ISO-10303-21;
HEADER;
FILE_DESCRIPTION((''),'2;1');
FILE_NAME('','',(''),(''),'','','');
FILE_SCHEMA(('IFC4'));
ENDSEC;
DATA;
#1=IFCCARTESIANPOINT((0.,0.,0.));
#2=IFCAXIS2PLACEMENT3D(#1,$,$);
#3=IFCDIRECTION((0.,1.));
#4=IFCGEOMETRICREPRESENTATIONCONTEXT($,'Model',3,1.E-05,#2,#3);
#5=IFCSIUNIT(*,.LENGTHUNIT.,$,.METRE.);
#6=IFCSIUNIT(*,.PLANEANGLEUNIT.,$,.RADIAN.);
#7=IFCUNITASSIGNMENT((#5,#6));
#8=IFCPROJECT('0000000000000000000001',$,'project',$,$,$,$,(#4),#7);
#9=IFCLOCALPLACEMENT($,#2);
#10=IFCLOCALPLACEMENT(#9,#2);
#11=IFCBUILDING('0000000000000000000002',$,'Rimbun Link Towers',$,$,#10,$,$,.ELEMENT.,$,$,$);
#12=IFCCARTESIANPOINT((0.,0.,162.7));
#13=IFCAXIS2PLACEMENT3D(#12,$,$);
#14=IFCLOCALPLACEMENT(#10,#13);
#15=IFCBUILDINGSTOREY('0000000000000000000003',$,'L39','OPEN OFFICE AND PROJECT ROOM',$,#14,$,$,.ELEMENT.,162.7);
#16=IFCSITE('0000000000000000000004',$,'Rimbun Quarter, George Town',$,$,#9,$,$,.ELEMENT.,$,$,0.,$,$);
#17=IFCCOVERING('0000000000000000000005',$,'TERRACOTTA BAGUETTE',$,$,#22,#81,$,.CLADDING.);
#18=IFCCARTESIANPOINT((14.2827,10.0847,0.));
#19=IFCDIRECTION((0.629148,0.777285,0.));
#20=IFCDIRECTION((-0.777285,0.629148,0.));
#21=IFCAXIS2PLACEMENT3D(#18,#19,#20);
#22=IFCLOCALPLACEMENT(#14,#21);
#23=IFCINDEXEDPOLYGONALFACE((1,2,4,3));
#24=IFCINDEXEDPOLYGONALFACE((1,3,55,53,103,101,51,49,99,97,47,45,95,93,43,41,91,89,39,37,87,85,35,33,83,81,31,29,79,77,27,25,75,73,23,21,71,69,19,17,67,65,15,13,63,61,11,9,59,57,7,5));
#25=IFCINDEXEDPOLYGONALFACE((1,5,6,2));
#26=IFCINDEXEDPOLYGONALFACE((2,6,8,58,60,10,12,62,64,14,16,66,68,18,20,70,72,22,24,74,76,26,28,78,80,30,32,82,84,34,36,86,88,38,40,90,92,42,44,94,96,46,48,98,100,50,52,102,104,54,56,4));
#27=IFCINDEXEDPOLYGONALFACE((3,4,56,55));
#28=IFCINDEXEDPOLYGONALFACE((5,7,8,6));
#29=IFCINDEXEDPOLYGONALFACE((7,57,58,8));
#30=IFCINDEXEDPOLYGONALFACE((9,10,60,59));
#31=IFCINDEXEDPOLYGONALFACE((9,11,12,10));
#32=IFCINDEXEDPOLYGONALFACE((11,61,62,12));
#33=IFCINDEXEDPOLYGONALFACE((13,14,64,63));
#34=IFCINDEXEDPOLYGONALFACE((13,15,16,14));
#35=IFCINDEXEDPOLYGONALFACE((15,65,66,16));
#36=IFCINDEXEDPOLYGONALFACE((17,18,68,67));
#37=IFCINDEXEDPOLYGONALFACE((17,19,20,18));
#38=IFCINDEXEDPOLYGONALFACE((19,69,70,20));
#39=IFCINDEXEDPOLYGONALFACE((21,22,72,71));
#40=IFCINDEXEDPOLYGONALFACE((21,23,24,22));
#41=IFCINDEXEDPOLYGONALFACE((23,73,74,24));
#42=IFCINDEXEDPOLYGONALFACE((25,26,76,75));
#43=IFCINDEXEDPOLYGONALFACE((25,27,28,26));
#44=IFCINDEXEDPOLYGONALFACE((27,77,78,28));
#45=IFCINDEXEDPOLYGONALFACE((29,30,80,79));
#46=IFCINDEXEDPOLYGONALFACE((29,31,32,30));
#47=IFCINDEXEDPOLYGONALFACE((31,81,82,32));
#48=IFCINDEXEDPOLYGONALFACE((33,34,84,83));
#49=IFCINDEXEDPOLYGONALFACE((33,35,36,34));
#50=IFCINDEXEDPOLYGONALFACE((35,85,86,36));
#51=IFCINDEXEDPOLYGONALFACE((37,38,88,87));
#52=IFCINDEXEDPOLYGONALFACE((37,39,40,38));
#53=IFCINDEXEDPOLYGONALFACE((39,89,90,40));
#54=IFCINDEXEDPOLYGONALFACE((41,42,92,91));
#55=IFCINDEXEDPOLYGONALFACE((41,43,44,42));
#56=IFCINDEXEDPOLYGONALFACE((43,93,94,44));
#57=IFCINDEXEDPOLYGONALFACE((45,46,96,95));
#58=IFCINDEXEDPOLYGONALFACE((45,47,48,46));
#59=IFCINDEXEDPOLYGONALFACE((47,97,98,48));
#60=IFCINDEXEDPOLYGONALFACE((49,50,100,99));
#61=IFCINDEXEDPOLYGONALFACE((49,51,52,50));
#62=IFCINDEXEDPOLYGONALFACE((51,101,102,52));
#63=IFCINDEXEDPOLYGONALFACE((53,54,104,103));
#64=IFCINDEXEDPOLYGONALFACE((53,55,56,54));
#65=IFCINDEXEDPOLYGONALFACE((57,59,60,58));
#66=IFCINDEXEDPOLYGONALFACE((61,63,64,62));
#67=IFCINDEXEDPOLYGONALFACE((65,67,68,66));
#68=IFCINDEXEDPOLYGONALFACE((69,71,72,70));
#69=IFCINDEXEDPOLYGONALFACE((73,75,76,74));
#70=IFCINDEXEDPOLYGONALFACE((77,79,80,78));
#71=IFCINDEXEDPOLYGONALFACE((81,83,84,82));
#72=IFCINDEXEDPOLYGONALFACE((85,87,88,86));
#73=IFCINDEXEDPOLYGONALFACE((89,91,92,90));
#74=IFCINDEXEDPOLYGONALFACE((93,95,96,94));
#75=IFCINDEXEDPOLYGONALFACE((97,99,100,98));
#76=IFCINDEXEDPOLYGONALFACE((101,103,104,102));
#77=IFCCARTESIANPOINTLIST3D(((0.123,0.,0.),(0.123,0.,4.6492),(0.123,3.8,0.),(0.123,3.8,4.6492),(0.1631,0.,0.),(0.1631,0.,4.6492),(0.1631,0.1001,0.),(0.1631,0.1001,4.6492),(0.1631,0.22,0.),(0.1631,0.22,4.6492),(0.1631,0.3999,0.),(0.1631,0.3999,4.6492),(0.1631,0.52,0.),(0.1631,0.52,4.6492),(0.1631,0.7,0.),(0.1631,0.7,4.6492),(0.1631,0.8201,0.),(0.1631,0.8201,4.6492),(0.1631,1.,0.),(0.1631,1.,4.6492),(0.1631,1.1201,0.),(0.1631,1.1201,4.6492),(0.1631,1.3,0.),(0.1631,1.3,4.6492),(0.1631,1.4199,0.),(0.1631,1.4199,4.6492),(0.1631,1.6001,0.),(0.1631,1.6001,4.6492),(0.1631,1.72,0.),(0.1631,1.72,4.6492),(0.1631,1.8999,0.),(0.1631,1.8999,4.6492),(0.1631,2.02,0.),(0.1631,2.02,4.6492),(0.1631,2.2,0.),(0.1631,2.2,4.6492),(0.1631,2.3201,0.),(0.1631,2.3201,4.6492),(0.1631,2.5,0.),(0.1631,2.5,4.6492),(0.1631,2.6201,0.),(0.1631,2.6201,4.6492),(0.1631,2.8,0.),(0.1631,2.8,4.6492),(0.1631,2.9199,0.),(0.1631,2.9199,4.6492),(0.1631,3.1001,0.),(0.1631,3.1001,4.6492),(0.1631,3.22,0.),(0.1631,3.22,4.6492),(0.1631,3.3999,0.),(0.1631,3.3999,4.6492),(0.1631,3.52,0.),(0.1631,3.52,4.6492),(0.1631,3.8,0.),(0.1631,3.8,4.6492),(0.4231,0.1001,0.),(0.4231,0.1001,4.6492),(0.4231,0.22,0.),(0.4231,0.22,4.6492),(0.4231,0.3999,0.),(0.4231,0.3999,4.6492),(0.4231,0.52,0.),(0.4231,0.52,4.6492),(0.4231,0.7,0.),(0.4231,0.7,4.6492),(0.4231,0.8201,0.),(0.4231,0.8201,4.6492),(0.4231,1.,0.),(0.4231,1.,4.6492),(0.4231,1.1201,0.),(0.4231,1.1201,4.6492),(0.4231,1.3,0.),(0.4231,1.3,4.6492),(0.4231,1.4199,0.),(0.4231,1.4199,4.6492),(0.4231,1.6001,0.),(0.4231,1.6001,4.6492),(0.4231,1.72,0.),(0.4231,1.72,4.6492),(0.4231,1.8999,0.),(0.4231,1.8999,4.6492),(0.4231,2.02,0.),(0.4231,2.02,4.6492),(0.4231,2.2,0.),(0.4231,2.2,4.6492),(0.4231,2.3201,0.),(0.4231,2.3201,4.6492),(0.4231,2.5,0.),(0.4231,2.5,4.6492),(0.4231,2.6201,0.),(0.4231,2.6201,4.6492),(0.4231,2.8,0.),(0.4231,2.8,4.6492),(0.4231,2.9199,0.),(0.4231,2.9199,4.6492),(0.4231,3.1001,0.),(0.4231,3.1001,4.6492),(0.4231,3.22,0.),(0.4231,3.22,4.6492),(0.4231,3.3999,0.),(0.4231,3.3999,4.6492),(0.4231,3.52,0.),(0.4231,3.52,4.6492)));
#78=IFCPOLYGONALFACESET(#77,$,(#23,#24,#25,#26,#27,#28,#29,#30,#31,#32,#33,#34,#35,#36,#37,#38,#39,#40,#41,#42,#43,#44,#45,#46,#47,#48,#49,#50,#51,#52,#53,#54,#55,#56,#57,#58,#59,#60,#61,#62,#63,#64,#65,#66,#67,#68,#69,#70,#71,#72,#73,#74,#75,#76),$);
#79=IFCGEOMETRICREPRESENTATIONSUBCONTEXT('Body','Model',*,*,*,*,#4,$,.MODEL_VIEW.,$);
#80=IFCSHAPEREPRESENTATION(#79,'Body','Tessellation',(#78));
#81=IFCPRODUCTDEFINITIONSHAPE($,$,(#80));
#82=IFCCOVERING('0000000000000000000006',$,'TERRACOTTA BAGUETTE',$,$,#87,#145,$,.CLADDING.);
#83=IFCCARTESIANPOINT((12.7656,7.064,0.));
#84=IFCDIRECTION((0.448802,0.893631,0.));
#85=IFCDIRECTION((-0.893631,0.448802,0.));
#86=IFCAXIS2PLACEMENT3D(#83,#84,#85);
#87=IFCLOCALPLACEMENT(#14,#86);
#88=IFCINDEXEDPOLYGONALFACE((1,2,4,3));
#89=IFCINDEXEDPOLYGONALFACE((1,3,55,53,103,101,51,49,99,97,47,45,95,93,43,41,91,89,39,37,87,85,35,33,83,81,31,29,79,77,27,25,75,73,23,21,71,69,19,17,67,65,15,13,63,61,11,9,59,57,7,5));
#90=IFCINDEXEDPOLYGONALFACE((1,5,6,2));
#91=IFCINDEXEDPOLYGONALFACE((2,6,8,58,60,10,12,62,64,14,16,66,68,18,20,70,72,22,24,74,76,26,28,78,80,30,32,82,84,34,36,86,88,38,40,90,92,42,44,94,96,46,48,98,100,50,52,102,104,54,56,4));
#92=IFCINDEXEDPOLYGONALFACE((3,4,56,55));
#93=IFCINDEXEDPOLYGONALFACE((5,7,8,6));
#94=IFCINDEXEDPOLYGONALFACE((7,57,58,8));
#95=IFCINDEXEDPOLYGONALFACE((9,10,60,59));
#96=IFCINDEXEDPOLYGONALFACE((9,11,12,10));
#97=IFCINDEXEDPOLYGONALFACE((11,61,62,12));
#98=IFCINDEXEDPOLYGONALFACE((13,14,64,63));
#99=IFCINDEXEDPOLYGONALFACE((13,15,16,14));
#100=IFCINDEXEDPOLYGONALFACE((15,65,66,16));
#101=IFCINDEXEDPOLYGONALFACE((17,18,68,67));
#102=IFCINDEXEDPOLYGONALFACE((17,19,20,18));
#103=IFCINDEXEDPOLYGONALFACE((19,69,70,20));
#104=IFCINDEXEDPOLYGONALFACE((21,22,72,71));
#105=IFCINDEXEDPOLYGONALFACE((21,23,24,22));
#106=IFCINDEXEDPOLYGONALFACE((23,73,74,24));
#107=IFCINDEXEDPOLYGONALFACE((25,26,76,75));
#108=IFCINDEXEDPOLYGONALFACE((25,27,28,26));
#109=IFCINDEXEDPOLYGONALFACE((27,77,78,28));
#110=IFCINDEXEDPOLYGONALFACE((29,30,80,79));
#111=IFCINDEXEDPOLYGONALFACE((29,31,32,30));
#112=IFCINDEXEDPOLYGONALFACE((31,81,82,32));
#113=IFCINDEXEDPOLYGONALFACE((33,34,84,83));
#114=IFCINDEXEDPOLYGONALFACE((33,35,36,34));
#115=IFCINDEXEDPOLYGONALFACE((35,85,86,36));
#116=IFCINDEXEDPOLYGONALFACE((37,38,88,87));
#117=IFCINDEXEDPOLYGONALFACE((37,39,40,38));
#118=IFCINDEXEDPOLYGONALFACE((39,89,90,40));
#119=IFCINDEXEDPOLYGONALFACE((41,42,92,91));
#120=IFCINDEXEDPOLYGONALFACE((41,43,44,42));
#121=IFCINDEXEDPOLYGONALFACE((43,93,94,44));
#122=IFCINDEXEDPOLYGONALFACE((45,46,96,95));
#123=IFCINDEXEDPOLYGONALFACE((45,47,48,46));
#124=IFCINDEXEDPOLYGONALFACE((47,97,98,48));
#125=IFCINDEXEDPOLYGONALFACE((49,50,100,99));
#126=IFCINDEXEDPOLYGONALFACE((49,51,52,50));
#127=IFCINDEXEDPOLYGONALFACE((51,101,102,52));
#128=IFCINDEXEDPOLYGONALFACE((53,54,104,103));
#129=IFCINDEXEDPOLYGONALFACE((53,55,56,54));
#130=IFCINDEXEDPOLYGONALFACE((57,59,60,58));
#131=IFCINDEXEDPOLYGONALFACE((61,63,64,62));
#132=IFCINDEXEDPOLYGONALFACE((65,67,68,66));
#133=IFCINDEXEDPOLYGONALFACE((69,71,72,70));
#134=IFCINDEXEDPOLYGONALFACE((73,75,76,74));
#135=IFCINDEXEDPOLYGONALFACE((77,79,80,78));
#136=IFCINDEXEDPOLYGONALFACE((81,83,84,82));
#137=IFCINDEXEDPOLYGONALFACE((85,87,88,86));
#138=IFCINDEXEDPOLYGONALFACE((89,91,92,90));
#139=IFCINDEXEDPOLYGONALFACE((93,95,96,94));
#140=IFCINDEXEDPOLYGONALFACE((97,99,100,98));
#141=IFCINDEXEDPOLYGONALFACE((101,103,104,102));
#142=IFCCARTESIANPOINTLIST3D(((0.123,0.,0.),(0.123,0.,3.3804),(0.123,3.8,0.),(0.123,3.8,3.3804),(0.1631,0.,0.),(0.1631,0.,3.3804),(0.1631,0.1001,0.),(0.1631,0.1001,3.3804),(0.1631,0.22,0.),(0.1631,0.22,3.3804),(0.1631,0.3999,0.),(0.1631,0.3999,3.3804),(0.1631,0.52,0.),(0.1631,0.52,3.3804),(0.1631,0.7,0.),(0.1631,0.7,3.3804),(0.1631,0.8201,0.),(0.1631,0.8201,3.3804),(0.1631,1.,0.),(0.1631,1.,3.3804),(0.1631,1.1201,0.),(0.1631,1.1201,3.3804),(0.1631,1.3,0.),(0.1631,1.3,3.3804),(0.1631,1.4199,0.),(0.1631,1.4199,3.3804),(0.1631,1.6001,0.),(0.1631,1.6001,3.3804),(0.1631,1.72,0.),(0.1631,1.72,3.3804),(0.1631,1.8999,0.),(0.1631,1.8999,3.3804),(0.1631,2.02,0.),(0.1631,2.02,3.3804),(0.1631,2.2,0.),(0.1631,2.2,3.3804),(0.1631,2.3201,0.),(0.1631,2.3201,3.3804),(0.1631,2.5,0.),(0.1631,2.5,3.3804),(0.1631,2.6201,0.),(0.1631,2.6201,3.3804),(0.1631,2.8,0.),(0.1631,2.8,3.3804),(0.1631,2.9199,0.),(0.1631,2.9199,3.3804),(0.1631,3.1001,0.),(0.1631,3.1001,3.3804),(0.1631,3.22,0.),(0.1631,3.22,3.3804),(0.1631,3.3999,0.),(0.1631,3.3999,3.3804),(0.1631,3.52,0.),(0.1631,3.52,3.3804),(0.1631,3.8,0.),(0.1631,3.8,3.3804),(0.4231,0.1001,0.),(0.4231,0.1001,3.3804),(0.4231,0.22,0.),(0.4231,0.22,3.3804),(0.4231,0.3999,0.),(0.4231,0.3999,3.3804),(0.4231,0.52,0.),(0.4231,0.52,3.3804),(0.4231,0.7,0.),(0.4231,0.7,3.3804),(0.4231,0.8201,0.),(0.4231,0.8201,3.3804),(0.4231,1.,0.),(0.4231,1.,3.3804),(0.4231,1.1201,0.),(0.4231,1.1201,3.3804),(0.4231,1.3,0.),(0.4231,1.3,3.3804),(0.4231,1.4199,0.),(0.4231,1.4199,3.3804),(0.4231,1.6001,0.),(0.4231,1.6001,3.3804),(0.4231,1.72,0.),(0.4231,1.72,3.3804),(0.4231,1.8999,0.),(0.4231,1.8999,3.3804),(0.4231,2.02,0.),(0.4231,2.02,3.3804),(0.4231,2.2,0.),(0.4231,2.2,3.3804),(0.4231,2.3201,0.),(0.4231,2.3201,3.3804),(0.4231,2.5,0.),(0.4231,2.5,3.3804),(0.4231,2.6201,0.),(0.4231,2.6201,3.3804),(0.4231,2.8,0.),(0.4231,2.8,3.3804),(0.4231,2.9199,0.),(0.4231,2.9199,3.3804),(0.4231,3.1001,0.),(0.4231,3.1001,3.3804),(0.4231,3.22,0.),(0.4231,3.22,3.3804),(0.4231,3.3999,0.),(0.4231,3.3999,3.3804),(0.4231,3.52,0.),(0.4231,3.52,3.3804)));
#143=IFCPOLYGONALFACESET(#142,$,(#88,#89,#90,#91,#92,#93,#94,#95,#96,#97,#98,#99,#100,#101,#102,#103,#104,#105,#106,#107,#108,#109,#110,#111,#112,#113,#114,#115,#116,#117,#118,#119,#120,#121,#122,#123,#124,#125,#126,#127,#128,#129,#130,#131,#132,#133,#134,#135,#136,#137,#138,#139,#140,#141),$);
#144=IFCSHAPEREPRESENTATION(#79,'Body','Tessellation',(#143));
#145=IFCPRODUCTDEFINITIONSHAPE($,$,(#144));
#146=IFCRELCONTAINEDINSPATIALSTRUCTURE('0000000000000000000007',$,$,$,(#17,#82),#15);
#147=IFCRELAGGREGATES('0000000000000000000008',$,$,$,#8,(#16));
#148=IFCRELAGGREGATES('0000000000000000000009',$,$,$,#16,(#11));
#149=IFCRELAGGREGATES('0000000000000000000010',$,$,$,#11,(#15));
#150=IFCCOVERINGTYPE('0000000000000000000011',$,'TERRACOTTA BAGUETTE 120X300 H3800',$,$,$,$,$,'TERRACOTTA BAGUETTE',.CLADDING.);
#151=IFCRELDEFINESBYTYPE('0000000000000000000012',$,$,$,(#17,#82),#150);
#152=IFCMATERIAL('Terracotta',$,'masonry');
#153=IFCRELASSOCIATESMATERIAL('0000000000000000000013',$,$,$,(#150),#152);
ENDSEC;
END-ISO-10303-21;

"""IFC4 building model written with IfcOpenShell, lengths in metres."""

from ifc_helpers import new_model, si_unit, direction, frame, origin, place, context, subcontext, project, spatial, polyline, outline, extrude, material, material_profile, profile_set, type_object, element, save


model = new_model("IFC4")

# Units and contexts
model_context = context("Model", 3, precision=1e-05, world=origin(), true_north=direction((0.0, 1.0)))
body_context = subcontext(model_context, "Body", "Model", "MODEL_VIEW")
ifc_project = project(units=[si_unit("LENGTHUNIT", "METRE"), si_unit("PLANEANGLEUNIT", "RADIAN")], contexts=[model_context])

# Site, building, storey
site_placement = place(None, origin())
site = spatial("IfcSite", under=ifc_project, at=site_placement, Name="Rimbun Quarter, George Town", CompositionType="ELEMENT", RefElevation=0.0)
building_placement = place(site_placement, origin())
building = spatial("IfcBuilding", under=site, at=building_placement, Name="Rimbun Link Towers", CompositionType="ELEMENT")
storey_placement = place(building_placement, frame((0.0, 0.0, 162.7)))
storey = spatial("IfcBuildingStorey", under=building, at=storey_placement, Name="L39", Description="OPEN OFFICE AND PROJECT ROOM", CompositionType="ELEMENT", Elevation=162.7)

# Coverings
ifc_material_1 = material(Name="Terracotta", Category="masonry")
ifc_material_profile_1 = material_profile(ifc_material_1, outline(polyline([(0.123, 0.0), (0.1631, 0.0), (0.1631, 0.1001), (0.4231, 0.1001), (0.4231, 0.22), (0.1631, 0.22), (0.1631, 0.3999), (0.4231, 0.3999), (0.4231, 0.52), (0.1631, 0.52), (0.1631, 0.7), (0.4231, 0.7), (0.4231, 0.8201), (0.1631, 0.8201), (0.1631, 1.0), (0.4231, 1.0), (0.4231, 1.1201), (0.1631, 1.1201), (0.1631, 1.3), (0.4231, 1.3), (0.4231, 1.4199), (0.1631, 1.4199), (0.1631, 1.6001), (0.4231, 1.6001), (0.4231, 1.72), (0.1631, 1.72), (0.1631, 1.8999), (0.4231, 1.8999), (0.4231, 2.02), (0.1631, 2.02), (0.1631, 2.2), (0.4231, 2.2), (0.4231, 2.3201), (0.1631, 2.3201), (0.1631, 2.5), (0.4231, 2.5), (0.4231, 2.6201), (0.1631, 2.6201), (0.1631, 2.8), (0.4231, 2.8), (0.4231, 2.9199), (0.1631, 2.9199), (0.1631, 3.1001), (0.4231, 3.1001), (0.4231, 3.22), (0.1631, 3.22), (0.1631, 3.3999), (0.4231, 3.3999), (0.4231, 3.52), (0.1631, 3.52), (0.1631, 3.8), (0.123, 3.8), (0.123, 0.0)])), Name="BAGUETTE 120X300")
ifc_profile_set_1 = profile_set([ifc_material_profile_1], Name="Terracotta")
covering_type_1 = type_object("IfcCoveringType", Name="TERRACOTTA BAGUETTE 120X300 H3800", ElementType="TERRACOTTA BAGUETTE", PredefinedType="CLADDING", material=ifc_profile_set_1)
covering_1_placement = place(storey_placement, frame((14.2827, 10.0847, 0.0), z_axis=(0.629148, 0.777285, 0.0), x_axis=(-0.777285, 0.629148, 0.0)))
element("IfcCovering", 1, at=covering_1_placement, inside=storey, type_object=covering_type_1, Name="TERRACOTTA BAGUETTE", PredefinedType="CLADDING", context=body_context, shape_type="SweptSolid", body=[
    extrude(outline(polyline([(0.123, 0.0), (0.1631, 0.0), (0.1631, 0.1001), (0.4231, 0.1001), (0.4231, 0.22), (0.1631, 0.22), (0.1631, 0.3999), (0.4231, 0.3999), (0.4231, 0.52), (0.1631, 0.52), (0.1631, 0.7), (0.4231, 0.7), (0.4231, 0.8201), (0.1631, 0.8201), (0.1631, 1.0), (0.4231, 1.0), (0.4231, 1.1201), (0.1631, 1.1201), (0.1631, 1.3), (0.4231, 1.3), (0.4231, 1.4199), (0.1631, 1.4199), (0.1631, 1.6001), (0.4231, 1.6001), (0.4231, 1.72), (0.1631, 1.72), (0.1631, 1.8999), (0.4231, 1.8999), (0.4231, 2.02), (0.1631, 2.02), (0.1631, 2.2), (0.4231, 2.2), (0.4231, 2.3201), (0.1631, 2.3201), (0.1631, 2.5), (0.4231, 2.5), (0.4231, 2.6201), (0.1631, 2.6201), (0.1631, 2.8), (0.4231, 2.8), (0.4231, 2.9199), (0.1631, 2.9199), (0.1631, 3.1001), (0.4231, 3.1001), (0.4231, 3.22), (0.1631, 3.22), (0.1631, 3.3999), (0.4231, 3.3999), (0.4231, 3.52), (0.1631, 3.52), (0.1631, 3.8), (0.123, 3.8), (0.123, 0.0)])), origin(), (0.0, 0.0, 1.0), 4.6492),
])
covering_2_placement = place(storey_placement, frame((12.7656, 7.064, 0.0), z_axis=(0.448802, 0.893631, 0.0), x_axis=(-0.893631, 0.448802, 0.0)))
element("IfcCovering", 2, at=covering_2_placement, inside=storey, type_object=covering_type_1, Name="TERRACOTTA BAGUETTE", PredefinedType="CLADDING", context=body_context, shape_type="SweptSolid", body=[
    extrude(outline(polyline([(0.123, 0.0), (0.1631, 0.0), (0.1631, 0.1001), (0.4231, 0.1001), (0.4231, 0.22), (0.1631, 0.22), (0.1631, 0.3999), (0.4231, 0.3999), (0.4231, 0.52), (0.1631, 0.52), (0.1631, 0.7), (0.4231, 0.7), (0.4231, 0.8201), (0.1631, 0.8201), (0.1631, 1.0), (0.4231, 1.0), (0.4231, 1.1201), (0.1631, 1.1201), (0.1631, 1.3), (0.4231, 1.3), (0.4231, 1.4199), (0.1631, 1.4199), (0.1631, 1.6001), (0.4231, 1.6001), (0.4231, 1.72), (0.1631, 1.72), (0.1631, 1.8999), (0.4231, 1.8999), (0.4231, 2.02), (0.1631, 2.02), (0.1631, 2.2), (0.4231, 2.2), (0.4231, 2.3201), (0.1631, 2.3201), (0.1631, 2.5), (0.4231, 2.5), (0.4231, 2.6201), (0.1631, 2.6201), (0.1631, 2.8), (0.4231, 2.8), (0.4231, 2.9199), (0.1631, 2.9199), (0.1631, 3.1001), (0.4231, 3.1001), (0.4231, 3.22), (0.1631, 3.22), (0.1631, 3.3999), (0.4231, 3.3999), (0.4231, 3.52), (0.1631, 3.52), (0.1631, 3.8), (0.123, 3.8), (0.123, 0.0)])), origin(), (0.0, 0.0, 1.0), 3.3804),
])

save(model, "model.ifc")
